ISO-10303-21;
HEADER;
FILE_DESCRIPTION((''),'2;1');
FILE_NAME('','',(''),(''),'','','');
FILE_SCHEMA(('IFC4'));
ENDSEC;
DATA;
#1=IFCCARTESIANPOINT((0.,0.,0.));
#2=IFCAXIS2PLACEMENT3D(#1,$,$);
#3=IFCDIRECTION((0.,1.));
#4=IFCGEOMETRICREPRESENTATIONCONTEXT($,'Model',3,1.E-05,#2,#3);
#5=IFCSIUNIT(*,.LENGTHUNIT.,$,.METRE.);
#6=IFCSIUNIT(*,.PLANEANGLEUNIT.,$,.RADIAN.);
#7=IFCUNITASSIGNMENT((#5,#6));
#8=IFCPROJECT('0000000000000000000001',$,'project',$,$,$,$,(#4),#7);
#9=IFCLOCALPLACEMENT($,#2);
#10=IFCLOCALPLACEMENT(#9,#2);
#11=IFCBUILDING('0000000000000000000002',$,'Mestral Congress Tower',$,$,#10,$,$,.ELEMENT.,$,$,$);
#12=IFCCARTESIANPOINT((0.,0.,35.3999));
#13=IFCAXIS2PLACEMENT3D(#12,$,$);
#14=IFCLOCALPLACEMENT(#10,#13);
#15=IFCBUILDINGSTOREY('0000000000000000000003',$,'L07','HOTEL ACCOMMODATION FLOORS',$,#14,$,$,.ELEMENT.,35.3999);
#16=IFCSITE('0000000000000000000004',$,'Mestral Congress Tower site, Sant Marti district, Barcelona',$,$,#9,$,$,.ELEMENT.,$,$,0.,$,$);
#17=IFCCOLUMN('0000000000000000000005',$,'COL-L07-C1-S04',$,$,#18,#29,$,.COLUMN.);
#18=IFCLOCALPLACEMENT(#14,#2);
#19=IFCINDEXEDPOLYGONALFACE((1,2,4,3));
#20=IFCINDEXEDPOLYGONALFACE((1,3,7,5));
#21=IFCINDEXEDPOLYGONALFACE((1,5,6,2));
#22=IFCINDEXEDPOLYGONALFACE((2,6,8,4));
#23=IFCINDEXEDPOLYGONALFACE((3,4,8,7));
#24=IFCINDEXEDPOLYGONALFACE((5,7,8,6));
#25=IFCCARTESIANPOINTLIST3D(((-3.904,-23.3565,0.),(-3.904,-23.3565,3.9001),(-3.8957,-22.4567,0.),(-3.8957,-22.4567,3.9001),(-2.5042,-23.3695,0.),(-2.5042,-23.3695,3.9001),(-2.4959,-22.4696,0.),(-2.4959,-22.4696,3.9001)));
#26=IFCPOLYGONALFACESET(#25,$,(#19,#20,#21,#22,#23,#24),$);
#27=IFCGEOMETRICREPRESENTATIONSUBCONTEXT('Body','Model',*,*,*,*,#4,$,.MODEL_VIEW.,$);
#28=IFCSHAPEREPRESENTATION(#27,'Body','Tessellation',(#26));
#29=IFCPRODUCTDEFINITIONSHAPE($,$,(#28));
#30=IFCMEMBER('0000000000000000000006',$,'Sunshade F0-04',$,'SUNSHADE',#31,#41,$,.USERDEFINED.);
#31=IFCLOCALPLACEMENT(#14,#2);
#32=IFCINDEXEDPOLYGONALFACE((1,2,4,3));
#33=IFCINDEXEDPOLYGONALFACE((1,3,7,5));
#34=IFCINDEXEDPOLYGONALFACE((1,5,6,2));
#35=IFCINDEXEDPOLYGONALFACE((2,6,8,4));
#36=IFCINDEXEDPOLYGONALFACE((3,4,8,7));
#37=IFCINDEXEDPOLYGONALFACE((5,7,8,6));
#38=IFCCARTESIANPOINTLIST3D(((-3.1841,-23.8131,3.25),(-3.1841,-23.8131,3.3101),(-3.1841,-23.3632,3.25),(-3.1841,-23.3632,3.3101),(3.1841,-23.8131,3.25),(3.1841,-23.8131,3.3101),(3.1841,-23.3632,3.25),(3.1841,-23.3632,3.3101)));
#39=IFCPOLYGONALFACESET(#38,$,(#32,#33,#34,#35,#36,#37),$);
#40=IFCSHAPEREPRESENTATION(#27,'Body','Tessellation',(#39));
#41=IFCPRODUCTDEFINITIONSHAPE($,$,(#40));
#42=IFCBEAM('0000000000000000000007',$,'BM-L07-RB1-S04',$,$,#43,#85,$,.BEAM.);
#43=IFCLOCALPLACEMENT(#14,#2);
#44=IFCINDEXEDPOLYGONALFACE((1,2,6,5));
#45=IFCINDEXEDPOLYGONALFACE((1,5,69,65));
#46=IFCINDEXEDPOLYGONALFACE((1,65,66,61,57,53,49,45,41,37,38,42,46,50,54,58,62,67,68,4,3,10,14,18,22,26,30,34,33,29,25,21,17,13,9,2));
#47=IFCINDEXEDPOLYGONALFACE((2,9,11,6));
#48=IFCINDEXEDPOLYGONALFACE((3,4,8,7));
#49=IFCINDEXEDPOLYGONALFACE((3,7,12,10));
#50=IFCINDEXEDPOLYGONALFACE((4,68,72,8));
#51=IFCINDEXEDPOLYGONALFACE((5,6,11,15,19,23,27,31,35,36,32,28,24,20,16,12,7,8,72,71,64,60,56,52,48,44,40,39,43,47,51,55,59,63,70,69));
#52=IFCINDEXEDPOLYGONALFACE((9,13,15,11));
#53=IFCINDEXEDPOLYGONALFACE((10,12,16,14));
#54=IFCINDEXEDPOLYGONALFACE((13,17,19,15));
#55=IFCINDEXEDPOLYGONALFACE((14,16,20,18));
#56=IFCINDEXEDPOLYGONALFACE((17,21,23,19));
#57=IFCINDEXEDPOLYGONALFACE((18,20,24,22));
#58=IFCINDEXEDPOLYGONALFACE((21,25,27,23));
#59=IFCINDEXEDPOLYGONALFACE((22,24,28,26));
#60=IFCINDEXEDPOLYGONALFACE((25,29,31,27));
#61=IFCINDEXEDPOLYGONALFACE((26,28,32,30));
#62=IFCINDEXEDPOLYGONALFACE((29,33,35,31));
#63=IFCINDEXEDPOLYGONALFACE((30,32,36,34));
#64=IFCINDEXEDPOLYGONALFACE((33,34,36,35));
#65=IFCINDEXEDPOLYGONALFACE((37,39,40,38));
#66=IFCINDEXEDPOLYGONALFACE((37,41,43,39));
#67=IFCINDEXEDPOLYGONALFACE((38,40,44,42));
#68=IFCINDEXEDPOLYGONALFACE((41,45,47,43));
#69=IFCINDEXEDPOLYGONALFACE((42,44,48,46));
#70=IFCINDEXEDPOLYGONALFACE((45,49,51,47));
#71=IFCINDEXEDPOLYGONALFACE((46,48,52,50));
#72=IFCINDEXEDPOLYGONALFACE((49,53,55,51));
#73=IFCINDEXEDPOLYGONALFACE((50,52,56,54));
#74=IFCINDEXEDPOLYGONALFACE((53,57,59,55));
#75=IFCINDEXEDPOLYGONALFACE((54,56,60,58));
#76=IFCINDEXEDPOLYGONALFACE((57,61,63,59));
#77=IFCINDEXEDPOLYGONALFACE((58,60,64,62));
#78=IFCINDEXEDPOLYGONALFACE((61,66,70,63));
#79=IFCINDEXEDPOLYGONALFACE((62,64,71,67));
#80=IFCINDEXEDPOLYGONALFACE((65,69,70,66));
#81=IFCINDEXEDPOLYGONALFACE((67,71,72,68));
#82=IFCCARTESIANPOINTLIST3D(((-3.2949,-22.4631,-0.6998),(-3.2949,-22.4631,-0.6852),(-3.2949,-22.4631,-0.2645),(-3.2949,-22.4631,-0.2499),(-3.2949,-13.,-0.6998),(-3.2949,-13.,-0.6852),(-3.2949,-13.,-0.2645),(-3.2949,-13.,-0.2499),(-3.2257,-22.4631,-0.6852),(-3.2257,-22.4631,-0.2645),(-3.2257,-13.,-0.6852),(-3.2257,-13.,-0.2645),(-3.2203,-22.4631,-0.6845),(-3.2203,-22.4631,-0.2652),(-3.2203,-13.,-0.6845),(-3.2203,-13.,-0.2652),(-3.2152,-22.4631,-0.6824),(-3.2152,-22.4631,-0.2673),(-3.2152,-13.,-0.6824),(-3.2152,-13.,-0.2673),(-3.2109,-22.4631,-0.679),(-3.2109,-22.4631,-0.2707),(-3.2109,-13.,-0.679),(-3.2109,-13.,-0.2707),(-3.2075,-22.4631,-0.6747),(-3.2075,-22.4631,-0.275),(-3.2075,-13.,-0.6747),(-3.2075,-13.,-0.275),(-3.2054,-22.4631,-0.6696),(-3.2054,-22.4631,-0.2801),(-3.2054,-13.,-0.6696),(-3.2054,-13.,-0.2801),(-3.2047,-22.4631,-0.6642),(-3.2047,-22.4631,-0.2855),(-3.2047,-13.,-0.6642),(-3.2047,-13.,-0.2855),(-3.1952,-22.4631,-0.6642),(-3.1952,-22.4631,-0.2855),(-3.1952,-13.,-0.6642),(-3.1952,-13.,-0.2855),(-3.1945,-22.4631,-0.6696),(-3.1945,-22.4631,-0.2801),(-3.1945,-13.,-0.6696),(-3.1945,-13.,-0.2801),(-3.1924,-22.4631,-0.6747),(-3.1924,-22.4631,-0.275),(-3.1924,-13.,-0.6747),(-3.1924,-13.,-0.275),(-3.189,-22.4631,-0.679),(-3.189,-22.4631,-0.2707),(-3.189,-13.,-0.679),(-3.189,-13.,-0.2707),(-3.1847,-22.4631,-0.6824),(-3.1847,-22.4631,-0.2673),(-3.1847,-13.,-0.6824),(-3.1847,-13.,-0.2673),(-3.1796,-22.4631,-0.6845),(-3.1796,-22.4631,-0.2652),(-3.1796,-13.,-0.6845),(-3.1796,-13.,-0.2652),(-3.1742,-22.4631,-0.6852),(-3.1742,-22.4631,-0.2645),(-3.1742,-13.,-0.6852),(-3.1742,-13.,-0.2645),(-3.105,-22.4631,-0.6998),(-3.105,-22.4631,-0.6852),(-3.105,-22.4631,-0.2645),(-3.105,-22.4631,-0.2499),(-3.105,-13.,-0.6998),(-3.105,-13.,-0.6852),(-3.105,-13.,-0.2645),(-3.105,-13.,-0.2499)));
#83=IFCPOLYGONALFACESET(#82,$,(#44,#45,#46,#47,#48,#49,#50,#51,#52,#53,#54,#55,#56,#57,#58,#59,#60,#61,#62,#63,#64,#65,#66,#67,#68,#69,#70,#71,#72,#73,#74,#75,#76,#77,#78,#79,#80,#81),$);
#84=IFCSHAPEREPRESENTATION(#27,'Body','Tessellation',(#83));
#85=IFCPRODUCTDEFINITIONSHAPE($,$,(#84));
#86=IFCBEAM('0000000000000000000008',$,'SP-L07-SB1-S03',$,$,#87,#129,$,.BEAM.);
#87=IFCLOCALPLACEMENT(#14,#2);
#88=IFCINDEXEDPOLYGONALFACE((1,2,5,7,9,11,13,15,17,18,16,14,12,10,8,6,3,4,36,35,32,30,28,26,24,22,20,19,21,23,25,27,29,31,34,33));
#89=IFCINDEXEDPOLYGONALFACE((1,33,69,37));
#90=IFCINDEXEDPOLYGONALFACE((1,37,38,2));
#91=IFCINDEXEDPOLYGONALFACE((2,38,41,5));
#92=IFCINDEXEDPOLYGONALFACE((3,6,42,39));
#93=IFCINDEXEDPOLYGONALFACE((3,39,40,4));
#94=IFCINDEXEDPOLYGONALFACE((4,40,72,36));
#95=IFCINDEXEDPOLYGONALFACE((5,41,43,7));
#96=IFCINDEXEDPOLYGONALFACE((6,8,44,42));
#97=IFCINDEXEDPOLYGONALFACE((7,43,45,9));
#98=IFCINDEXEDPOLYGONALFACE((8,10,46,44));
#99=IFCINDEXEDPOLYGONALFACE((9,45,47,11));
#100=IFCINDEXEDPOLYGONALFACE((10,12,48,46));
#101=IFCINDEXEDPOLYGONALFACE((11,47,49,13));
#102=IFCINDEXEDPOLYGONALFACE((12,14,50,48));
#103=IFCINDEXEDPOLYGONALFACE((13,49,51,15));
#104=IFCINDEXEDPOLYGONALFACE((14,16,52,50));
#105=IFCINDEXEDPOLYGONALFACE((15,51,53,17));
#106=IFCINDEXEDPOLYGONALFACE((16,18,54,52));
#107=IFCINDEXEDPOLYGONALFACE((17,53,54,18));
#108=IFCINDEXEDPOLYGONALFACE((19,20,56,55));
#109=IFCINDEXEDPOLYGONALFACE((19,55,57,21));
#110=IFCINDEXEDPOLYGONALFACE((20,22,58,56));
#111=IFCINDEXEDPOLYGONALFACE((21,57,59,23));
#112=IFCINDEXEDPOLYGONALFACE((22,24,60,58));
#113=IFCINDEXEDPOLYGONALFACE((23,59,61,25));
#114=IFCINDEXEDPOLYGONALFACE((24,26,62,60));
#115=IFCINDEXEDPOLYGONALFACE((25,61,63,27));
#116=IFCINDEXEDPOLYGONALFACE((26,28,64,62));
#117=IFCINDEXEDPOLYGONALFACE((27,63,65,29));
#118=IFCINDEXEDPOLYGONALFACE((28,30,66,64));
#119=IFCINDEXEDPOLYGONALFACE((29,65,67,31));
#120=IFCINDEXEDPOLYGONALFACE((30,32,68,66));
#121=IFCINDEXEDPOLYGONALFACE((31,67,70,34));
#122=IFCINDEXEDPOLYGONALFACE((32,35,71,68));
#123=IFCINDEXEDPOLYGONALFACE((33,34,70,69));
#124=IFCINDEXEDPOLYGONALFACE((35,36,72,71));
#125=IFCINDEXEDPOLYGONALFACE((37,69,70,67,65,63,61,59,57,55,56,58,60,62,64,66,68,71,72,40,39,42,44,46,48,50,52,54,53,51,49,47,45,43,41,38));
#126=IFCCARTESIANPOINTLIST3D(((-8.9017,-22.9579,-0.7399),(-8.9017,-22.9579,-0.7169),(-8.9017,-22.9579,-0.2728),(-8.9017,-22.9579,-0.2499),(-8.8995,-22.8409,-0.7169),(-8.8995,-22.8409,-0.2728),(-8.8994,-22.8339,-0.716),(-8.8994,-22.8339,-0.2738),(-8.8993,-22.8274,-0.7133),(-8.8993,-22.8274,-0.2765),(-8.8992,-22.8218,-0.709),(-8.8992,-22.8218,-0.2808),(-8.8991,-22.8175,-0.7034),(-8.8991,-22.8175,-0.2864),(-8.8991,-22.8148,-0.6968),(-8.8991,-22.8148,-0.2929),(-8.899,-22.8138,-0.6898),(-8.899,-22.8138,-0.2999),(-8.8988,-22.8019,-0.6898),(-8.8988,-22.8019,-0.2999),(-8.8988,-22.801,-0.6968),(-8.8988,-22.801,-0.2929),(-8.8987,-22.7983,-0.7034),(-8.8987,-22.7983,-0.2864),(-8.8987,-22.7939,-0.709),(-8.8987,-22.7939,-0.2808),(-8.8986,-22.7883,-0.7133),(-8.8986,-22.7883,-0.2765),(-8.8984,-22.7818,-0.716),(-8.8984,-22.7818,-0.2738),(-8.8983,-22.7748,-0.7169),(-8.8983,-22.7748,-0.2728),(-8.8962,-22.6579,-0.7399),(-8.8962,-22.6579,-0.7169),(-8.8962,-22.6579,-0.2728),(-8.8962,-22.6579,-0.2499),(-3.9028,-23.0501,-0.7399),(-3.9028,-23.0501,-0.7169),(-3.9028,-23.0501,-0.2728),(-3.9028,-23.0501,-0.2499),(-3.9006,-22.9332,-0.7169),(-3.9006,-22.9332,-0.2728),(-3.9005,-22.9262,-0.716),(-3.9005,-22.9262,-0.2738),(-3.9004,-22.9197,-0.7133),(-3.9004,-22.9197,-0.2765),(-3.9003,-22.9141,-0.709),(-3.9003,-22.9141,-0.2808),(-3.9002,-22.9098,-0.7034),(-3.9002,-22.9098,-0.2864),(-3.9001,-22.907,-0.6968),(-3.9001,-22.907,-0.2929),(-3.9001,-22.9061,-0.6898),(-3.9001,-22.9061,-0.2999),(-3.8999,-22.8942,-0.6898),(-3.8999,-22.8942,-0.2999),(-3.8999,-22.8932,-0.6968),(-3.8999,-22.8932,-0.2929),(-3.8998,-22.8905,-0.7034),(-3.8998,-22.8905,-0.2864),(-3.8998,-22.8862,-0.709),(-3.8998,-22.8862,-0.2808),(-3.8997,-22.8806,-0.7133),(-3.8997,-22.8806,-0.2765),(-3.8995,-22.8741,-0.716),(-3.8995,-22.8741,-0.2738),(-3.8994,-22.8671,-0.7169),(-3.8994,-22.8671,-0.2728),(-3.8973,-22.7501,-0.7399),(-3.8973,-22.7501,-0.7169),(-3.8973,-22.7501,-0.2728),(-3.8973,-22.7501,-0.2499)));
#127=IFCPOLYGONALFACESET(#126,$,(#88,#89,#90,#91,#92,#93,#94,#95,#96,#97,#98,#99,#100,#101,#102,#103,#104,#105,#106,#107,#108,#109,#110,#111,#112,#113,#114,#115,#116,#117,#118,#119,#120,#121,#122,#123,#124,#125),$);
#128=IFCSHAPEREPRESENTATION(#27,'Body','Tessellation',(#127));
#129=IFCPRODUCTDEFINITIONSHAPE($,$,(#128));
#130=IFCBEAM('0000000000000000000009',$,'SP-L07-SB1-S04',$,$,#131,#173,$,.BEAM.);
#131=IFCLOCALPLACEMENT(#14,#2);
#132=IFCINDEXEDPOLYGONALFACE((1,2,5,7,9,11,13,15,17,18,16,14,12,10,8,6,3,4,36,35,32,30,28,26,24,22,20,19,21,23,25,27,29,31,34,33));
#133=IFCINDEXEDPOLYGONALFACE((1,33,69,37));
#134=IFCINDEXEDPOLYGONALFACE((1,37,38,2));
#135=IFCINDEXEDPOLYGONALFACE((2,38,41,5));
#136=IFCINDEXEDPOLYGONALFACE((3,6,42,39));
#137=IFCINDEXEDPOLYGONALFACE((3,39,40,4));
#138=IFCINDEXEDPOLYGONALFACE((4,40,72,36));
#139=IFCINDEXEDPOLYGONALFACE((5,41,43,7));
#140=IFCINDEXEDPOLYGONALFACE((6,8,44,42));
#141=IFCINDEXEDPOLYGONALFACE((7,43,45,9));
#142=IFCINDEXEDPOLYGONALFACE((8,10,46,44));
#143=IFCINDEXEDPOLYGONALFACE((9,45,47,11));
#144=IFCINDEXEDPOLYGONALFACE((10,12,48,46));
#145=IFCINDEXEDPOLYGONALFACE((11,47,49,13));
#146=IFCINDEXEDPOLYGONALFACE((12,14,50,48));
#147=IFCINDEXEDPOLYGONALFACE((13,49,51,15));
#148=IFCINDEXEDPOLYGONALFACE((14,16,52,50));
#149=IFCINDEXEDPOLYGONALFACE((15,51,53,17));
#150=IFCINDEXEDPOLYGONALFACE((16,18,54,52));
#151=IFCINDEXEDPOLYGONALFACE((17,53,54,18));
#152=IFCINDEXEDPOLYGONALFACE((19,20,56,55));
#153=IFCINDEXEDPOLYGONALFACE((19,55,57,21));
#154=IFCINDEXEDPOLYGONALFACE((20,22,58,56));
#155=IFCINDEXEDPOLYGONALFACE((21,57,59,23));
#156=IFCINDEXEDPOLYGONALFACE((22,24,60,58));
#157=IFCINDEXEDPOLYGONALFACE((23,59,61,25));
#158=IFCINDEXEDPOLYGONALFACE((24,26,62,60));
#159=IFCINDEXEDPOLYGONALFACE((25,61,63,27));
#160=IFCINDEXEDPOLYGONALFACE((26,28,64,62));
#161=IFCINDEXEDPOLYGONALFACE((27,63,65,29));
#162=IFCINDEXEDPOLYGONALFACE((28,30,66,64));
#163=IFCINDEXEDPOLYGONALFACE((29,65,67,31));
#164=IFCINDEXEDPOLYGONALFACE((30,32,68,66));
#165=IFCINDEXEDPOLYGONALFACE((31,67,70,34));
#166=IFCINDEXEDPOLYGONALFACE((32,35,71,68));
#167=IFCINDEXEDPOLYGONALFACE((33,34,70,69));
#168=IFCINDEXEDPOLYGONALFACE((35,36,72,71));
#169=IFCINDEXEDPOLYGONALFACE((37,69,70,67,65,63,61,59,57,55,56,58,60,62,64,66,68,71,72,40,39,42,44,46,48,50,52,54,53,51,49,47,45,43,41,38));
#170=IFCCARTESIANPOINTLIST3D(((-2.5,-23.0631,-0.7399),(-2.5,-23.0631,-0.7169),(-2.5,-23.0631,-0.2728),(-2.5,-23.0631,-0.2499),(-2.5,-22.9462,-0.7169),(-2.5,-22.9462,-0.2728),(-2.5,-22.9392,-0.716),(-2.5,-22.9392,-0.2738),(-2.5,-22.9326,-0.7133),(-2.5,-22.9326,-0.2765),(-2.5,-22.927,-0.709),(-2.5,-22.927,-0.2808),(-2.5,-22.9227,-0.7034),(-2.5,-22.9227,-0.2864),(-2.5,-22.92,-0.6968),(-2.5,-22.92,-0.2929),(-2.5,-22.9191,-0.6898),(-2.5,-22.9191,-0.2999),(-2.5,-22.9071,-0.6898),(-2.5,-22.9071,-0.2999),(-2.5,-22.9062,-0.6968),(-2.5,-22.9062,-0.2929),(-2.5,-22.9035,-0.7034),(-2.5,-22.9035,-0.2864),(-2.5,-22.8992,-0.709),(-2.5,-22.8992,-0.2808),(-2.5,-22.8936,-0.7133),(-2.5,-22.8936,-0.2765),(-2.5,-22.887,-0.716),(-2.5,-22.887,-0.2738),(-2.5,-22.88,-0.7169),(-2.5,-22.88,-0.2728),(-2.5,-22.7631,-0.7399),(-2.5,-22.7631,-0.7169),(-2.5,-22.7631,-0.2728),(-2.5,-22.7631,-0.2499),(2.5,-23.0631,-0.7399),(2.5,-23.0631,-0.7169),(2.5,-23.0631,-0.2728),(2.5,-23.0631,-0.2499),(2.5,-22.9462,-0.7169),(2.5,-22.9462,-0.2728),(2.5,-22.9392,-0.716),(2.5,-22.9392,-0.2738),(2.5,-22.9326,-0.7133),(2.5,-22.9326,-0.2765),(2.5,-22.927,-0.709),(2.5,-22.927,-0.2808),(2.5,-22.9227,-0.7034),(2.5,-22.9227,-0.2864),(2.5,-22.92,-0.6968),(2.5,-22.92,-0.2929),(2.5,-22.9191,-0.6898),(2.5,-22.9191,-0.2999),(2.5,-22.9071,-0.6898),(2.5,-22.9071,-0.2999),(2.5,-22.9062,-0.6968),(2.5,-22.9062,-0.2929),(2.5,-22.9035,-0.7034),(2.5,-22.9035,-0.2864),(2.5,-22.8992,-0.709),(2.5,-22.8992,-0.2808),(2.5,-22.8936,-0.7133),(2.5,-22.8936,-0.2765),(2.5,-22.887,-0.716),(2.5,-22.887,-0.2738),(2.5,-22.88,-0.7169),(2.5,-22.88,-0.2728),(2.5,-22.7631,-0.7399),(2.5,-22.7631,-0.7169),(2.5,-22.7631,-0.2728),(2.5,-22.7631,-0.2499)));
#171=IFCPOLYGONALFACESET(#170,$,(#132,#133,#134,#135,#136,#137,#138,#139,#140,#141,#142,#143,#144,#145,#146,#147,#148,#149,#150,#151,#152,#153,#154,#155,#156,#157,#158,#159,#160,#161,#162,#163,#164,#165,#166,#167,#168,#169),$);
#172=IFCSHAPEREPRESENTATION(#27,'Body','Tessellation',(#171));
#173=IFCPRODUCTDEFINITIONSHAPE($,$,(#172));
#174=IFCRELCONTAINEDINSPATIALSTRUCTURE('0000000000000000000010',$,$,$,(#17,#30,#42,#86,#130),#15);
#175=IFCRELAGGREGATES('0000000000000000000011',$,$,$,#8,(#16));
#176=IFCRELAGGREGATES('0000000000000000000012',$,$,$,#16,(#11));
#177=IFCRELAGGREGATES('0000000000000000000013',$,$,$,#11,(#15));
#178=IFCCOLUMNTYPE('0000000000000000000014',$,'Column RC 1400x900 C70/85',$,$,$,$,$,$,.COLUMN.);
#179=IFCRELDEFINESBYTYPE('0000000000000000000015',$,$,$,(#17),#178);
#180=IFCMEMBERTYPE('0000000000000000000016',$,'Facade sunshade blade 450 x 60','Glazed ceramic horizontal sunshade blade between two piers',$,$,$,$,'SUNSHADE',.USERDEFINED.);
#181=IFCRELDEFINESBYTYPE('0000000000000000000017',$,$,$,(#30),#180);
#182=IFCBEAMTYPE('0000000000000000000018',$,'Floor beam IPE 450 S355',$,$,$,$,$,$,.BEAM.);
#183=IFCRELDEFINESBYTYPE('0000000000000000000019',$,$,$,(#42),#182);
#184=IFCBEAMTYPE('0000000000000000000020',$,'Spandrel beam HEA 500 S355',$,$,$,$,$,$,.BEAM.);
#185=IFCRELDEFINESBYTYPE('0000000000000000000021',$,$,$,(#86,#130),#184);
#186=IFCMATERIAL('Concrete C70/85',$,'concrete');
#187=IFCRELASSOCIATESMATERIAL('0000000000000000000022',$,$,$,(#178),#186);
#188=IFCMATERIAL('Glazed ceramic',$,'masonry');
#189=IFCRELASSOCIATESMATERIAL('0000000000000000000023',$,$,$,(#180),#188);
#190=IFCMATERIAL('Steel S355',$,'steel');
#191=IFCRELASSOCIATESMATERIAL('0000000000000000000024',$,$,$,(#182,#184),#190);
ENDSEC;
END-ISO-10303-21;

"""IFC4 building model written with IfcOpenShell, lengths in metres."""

from ifc_helpers import new_model, si_unit, direction, frame, origin, origin_2d, place, context, subcontext, project, spatial, rectangle, i_section, extrude, material, material_profile, profile_set, type_object, element, save


model = new_model("IFC4")

# Units and contexts
model_context = context("Model", 3, precision=1e-05, world=origin(), true_north=direction((0.0, 1.0)))
body_context = subcontext(model_context, "Body", "Model", "MODEL_VIEW")
ifc_project = project(units=[si_unit("LENGTHUNIT", "METRE"), si_unit("PLANEANGLEUNIT", "RADIAN")], contexts=[model_context])

# Site, building, storey
site_placement = place(None, origin())
site = spatial("IfcSite", under=ifc_project, at=site_placement, Name="Mestral Congress Tower site, Sant Marti district, Barcelona", CompositionType="ELEMENT", RefElevation=0.0)
building_placement = place(site_placement, origin())
building = spatial("IfcBuilding", under=site, at=building_placement, Name="Mestral Congress Tower", CompositionType="ELEMENT")
storey_placement = place(building_placement, frame((0.0, 0.0, 35.3999)))
storey = spatial("IfcBuildingStorey", under=building, at=storey_placement, Name="L07", Description="HOTEL ACCOMMODATION FLOORS", CompositionType="ELEMENT", Elevation=35.3999)

# Column
ifc_material_1 = material(Name="Concrete C70/85", Category="concrete")
ifc_material_profile_1 = material_profile(ifc_material_1, rectangle(XDim=1.3999, YDim=0.8999, at=origin_2d()), Name="RC 1400x900")
ifc_profile_set_1 = profile_set([ifc_material_profile_1], Name="Concrete C70/85")
column_type = type_object("IfcColumnType", Name="Column RC 1400x900 C70/85", PredefinedType="COLUMN", material=ifc_profile_set_1)
column_placement = place(storey_placement, frame((-3.2, -22.9131, 0.0), z_axis=(0.0, 0.0, 1.0), x_axis=(0.999957, -0.009243, 0.0)))
element("IfcColumn", 1, at=column_placement, inside=storey, type_object=column_type, Name="COL-L07-C1-S04", PredefinedType="COLUMN", context=body_context, shape_type="SweptSolid", body=[
    extrude(rectangle(XDim=1.3999, YDim=0.8999, at=origin_2d()), origin(), (0.0, 0.0, 1.0), 3.9001),
])

# Member
ifc_material_2 = material(Name="Glazed ceramic", Category="masonry")
ifc_material_profile_2 = material_profile(ifc_material_2, rectangle(XDim=0.45, YDim=0.0601, at=origin_2d()), Name="Ceramic blade 450 x 60")
ifc_profile_set_2 = profile_set([ifc_material_profile_2], Name="Glazed ceramic")
member_type = type_object("IfcMemberType", Name="Facade sunshade blade 450 x 60", Description="Glazed ceramic horizontal sunshade blade between two piers", ElementType="SUNSHADE", PredefinedType="USERDEFINED", material=ifc_profile_set_2)
member_placement = place(storey_placement, frame((-3.1841, -23.5881, 3.28), z_axis=(1.0, 0.0, 0.0), x_axis=(0.0, 1.0, 0.0)))
element("IfcMember", 2, at=member_placement, inside=storey, type_object=member_type, Name="Sunshade F0-04", ObjectType="SUNSHADE", PredefinedType="USERDEFINED", context=body_context, shape_type="SweptSolid", body=[
    extrude(rectangle(XDim=0.45, YDim=0.0601, at=origin_2d()), origin(), (0.0, 0.0, 1.0), 6.3682),
])

# Beams
ifc_material_3 = material(Name="Steel S355", Category="steel")
ifc_material_profile_3 = material_profile(ifc_material_3, i_section(OverallWidth=0.1899, OverallDepth=0.45, WebThickness=0.0095, FlangeThickness=0.0146, FilletRadius=0.021, at=origin_2d()), Name="IPE 450")
ifc_profile_set_3 = profile_set([ifc_material_profile_3], Name="Steel S355")
beam_type_1 = type_object("IfcBeamType", Name="Floor beam IPE 450 S355", PredefinedType="BEAM", material=ifc_profile_set_3)
beam_1_placement = place(storey_placement, frame((-3.2, -22.4631, -0.4749), z_axis=(0.0, 1.0, 0.0), x_axis=(-1.0, 0.0, 0.0)))
element("IfcBeam", 3, at=beam_1_placement, inside=storey, type_object=beam_type_1, Name="BM-L07-RB1-S04", PredefinedType="BEAM", context=body_context, shape_type="SweptSolid", body=[
    extrude(i_section(OverallWidth=0.1899, OverallDepth=0.45, WebThickness=0.0095, FlangeThickness=0.0146, FilletRadius=0.021, at=origin_2d()), origin(), (0.0, 0.0, 1.0), 9.4631),
])
ifc_material_profile_4 = material_profile(ifc_material_3, i_section(OverallWidth=0.3, OverallDepth=0.49, WebThickness=0.012, FlangeThickness=0.0229, FilletRadius=0.0271, at=origin_2d()), Name="HEA 500")
ifc_profile_set_4 = profile_set([ifc_material_profile_4], Name="Steel S355")
beam_type_2 = type_object("IfcBeamType", Name="Spandrel beam HEA 500 S355", PredefinedType="BEAM", material=ifc_profile_set_4)
beam_2_placement = place(storey_placement, frame((-8.8989, -22.8079, -0.4949), z_axis=(0.99983, -0.018457, 0.0), x_axis=(0.018457, 0.99983, 0.0)))
element("IfcBeam", 4, at=beam_2_placement, inside=storey, type_object=beam_type_2, Name="SP-L07-SB1-S03", PredefinedType="BEAM", context=body_context, shape_type="SweptSolid", body=[
    extrude(i_section(OverallWidth=0.3, OverallDepth=0.49, WebThickness=0.012, FlangeThickness=0.0229, FilletRadius=0.0271, at=origin_2d()), origin(), (0.0, 0.0, 1.0), 4.9998),
])
beam_3_placement = place(storey_placement, frame((-2.5, -22.9131, -0.4949), z_axis=(1.0, 0.0, 0.0), x_axis=(0.0, 1.0, 0.0)))
element("IfcBeam", 5, at=beam_3_placement, inside=storey, type_object=beam_type_2, Name="SP-L07-SB1-S04", PredefinedType="BEAM", context=body_context, shape_type="SweptSolid", body=[
    extrude(i_section(OverallWidth=0.3, OverallDepth=0.49, WebThickness=0.012, FlangeThickness=0.0229, FilletRadius=0.0271, at=origin_2d()), origin(), (0.0, 0.0, 1.0), 5.0),
])

save(model, "model.ifc")
